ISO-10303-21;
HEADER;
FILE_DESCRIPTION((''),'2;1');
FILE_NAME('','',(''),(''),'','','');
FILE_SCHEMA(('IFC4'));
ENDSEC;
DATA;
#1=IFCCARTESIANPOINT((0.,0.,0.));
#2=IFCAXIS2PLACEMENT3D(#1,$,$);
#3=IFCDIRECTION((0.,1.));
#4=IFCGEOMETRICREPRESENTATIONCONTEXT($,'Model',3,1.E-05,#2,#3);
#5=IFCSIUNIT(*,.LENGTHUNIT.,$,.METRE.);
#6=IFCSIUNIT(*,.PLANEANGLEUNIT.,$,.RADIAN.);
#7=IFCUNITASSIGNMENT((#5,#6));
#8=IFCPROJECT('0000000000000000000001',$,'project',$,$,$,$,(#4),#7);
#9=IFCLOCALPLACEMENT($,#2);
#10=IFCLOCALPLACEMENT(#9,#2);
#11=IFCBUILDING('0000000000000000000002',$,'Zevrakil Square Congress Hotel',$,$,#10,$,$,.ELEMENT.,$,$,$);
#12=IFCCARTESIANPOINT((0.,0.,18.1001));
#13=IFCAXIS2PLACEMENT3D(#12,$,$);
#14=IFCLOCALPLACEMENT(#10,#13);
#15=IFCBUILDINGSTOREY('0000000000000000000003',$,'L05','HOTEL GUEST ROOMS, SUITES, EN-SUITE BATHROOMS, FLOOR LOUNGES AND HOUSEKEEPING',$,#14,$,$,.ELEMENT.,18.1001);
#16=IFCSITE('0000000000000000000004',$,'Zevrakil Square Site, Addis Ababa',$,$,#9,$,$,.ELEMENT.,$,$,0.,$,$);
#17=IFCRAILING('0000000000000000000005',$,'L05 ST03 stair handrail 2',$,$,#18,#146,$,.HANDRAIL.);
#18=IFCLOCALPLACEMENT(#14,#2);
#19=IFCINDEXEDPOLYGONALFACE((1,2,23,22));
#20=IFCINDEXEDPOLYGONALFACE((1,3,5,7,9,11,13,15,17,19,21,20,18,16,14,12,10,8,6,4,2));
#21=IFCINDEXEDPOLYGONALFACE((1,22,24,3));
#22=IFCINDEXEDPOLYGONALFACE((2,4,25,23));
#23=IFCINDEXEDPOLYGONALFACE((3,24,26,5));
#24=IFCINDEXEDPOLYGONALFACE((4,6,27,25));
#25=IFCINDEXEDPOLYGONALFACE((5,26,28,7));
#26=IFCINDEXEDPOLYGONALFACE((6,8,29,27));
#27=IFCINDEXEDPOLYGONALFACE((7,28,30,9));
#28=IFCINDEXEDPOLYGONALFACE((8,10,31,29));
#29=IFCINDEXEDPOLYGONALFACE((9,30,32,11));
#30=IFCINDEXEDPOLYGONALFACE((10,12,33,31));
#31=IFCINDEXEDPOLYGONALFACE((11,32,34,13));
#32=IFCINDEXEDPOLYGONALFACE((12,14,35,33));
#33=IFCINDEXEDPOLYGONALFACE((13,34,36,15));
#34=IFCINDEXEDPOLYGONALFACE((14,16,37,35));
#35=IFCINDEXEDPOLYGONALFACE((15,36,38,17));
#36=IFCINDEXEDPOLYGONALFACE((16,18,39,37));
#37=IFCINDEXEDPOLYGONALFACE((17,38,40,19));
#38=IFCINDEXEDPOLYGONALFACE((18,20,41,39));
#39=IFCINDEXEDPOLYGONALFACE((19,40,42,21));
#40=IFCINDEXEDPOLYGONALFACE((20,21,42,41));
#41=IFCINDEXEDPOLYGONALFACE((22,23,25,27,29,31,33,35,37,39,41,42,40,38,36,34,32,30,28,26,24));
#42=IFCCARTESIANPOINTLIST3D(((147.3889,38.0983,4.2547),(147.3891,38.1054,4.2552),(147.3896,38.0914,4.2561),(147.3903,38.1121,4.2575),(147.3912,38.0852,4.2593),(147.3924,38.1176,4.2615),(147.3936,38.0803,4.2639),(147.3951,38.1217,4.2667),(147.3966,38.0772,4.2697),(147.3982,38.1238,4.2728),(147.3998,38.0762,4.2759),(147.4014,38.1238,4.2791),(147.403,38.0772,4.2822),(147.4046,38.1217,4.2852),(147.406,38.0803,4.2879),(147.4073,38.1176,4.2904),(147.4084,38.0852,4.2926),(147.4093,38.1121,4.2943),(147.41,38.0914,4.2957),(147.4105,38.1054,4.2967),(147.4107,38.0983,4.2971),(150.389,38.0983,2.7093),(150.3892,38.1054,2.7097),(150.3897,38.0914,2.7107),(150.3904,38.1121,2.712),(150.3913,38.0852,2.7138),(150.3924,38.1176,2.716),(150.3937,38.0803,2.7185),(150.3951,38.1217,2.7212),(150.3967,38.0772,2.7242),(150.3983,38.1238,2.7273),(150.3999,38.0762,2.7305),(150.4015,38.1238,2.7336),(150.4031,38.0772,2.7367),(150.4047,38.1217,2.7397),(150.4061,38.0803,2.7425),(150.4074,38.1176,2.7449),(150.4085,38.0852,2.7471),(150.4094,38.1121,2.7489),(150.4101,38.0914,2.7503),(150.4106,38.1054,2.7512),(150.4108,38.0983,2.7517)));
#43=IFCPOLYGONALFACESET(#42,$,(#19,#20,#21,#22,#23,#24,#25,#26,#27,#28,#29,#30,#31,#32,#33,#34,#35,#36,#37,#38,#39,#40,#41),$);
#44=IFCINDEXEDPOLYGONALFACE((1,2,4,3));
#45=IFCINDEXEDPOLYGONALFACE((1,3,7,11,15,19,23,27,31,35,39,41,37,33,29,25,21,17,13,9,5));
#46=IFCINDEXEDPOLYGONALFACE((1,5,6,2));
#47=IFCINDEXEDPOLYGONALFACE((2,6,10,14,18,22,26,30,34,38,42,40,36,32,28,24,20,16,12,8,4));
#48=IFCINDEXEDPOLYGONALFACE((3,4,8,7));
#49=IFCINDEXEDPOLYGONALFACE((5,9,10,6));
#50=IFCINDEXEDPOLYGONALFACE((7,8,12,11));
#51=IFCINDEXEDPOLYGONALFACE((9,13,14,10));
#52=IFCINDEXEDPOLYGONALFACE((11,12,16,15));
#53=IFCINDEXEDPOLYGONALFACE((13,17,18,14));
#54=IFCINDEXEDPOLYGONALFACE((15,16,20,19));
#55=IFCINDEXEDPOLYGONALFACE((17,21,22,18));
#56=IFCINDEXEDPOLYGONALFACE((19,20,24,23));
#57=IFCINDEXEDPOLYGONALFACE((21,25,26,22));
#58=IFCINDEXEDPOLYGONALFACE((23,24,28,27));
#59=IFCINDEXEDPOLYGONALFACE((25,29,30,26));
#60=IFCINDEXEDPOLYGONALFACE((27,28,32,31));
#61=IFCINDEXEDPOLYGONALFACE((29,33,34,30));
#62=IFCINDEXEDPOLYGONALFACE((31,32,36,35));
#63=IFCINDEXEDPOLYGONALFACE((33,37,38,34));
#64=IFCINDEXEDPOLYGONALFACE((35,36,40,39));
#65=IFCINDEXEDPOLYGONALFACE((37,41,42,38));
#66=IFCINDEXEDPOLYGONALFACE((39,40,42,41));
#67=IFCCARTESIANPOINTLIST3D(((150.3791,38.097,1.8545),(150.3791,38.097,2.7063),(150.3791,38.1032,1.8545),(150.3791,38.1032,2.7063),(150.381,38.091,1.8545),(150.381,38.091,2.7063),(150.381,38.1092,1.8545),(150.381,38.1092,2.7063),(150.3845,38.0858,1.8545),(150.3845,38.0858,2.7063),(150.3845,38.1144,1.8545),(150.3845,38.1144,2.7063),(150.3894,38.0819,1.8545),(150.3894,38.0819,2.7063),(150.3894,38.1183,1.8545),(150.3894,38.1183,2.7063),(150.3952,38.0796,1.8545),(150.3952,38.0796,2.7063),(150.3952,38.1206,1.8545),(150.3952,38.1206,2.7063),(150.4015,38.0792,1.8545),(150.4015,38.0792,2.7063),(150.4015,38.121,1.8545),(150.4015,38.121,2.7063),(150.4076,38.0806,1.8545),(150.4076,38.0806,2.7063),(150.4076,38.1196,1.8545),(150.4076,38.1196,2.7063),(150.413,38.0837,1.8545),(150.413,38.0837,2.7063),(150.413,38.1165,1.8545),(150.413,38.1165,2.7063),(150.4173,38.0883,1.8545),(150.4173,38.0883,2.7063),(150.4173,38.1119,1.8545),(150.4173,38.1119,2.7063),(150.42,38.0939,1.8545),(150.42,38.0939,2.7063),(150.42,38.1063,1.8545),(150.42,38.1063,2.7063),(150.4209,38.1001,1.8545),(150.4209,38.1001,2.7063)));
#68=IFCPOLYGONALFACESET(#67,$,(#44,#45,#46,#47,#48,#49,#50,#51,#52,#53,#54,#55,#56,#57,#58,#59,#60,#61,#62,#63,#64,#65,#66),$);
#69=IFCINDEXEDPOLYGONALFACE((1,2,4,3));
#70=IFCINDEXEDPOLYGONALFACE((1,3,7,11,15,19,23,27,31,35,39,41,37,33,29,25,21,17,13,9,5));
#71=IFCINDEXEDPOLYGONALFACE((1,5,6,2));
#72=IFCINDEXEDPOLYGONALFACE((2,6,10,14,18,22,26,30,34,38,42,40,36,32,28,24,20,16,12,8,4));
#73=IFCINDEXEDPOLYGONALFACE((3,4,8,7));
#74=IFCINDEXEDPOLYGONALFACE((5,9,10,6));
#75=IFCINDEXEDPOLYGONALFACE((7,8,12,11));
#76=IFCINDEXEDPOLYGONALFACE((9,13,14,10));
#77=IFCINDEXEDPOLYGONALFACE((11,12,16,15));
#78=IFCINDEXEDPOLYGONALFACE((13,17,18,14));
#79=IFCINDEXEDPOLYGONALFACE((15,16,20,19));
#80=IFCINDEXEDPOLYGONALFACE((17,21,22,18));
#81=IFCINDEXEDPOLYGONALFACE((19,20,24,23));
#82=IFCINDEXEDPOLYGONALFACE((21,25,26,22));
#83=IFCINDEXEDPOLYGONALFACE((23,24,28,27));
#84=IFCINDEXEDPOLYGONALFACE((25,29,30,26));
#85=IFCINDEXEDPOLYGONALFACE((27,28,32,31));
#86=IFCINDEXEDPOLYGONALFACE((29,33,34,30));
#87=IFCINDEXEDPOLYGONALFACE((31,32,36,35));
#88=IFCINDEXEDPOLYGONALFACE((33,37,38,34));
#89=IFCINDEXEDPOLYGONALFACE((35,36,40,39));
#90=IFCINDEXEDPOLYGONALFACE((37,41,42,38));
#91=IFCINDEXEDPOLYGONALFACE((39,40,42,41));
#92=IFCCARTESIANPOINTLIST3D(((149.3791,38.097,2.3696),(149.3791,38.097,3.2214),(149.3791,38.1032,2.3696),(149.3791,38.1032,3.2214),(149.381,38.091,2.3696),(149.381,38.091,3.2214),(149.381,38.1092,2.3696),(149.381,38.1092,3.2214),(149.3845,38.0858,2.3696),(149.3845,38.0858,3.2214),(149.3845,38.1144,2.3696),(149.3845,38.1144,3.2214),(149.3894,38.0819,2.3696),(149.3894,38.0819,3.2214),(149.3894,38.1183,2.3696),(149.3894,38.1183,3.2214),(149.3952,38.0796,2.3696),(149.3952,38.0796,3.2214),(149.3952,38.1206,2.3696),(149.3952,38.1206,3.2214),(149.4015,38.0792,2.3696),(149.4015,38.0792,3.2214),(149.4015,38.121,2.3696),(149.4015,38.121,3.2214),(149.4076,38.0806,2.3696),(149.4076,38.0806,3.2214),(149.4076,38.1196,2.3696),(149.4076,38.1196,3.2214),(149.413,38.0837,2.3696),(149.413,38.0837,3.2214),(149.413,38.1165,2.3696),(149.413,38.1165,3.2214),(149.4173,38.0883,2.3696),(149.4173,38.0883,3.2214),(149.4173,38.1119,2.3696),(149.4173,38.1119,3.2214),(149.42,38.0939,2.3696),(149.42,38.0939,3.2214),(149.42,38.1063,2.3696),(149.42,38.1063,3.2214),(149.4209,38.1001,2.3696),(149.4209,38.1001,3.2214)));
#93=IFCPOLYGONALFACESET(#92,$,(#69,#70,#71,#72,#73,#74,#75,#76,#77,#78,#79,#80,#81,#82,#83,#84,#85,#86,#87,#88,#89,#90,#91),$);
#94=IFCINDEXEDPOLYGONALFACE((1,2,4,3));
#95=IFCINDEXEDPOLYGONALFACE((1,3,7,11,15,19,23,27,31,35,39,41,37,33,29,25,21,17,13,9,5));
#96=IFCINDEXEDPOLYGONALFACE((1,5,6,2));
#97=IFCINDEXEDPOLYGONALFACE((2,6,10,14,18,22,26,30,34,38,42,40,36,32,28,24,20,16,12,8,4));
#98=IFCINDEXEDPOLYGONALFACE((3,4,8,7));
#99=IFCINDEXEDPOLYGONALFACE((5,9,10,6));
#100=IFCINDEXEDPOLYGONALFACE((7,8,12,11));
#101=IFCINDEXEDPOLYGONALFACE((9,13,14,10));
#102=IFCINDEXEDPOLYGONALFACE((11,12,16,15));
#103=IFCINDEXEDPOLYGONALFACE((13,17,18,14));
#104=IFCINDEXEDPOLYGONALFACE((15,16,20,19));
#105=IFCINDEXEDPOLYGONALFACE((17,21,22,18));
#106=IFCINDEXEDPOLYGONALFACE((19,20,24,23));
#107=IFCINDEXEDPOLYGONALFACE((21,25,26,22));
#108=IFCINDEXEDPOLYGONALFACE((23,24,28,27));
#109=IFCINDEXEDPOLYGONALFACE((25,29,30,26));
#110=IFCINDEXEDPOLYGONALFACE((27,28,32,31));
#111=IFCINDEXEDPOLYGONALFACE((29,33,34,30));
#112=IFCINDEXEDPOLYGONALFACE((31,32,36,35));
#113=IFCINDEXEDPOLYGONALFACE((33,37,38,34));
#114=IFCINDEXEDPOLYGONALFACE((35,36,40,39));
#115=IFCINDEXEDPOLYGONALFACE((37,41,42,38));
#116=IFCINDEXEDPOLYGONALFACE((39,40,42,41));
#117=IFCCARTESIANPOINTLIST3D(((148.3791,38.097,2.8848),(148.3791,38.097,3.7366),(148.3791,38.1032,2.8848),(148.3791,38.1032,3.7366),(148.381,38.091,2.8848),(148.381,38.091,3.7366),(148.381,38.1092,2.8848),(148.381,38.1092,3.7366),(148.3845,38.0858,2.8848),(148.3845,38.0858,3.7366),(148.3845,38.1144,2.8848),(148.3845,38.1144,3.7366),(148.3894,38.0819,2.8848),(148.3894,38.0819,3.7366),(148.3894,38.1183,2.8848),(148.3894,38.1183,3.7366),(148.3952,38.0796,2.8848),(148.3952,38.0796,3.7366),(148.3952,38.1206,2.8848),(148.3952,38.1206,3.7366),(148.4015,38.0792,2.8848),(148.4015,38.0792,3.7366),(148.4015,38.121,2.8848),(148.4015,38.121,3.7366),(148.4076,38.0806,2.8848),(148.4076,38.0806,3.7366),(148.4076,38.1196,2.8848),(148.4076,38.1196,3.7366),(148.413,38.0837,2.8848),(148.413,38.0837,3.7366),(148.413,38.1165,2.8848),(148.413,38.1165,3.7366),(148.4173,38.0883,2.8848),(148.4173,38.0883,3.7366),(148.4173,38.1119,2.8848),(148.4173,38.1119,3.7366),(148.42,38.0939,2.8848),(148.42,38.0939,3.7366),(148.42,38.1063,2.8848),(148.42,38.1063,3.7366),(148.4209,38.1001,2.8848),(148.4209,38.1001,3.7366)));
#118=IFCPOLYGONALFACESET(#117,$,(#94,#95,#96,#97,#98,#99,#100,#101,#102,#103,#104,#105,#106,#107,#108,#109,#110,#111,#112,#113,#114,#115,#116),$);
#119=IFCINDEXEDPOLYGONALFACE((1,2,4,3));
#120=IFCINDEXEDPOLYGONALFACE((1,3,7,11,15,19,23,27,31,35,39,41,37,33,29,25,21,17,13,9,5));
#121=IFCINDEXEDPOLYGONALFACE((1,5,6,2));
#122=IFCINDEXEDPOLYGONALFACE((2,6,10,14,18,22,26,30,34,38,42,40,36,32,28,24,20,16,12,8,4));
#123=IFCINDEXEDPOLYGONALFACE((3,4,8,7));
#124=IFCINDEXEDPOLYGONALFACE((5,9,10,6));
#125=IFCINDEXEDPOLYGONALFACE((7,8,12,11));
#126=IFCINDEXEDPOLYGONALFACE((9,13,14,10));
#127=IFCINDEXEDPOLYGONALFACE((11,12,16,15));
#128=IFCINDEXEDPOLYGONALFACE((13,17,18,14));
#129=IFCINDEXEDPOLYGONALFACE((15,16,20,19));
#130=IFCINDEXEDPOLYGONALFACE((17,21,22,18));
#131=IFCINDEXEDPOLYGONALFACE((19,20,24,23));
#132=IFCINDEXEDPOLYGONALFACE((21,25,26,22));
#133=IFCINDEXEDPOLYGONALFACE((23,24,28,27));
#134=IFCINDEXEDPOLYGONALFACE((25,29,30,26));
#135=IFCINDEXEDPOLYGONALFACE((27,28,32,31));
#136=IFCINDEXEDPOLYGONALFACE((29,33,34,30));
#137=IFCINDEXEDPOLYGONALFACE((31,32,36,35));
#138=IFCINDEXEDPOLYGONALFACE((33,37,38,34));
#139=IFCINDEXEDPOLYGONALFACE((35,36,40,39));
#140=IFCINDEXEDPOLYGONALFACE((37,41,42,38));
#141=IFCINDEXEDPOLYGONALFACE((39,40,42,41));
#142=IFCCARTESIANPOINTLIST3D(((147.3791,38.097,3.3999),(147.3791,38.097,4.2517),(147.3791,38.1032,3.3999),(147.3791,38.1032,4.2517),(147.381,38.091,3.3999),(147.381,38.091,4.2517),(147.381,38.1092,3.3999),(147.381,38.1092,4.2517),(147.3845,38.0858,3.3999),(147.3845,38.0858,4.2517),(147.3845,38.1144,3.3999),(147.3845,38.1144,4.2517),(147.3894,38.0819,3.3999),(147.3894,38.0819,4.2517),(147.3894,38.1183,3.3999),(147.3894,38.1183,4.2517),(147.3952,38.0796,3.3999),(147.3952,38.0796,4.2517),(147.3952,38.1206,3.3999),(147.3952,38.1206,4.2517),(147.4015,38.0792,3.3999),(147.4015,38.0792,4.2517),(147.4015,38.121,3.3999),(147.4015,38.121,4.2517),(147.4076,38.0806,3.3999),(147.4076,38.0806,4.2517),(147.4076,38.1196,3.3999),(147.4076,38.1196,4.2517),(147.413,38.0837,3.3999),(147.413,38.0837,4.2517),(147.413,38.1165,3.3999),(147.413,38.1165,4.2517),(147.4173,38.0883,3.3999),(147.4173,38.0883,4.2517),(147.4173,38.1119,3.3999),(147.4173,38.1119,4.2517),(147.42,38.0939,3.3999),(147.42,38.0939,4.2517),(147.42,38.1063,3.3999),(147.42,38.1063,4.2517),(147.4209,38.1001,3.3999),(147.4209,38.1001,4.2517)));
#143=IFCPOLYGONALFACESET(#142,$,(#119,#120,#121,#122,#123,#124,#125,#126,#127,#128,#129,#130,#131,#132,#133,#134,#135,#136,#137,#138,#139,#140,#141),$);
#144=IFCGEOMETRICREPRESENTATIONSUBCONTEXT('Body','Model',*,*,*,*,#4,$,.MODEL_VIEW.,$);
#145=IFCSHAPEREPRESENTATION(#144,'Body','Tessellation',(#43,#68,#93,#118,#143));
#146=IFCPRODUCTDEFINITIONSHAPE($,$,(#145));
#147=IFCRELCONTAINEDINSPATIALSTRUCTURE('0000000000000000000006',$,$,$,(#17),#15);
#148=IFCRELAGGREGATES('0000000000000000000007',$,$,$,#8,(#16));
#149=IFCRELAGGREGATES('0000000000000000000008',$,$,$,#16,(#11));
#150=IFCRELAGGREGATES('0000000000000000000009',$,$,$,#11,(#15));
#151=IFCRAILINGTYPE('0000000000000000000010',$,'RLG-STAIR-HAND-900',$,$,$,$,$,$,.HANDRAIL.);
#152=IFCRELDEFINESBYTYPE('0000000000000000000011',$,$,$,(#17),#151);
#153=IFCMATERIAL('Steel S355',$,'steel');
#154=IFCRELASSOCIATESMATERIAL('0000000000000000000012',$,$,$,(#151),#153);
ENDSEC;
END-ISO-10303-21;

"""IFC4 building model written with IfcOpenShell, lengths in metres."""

from ifc_helpers import new_model, si_unit, direction, frame, origin, origin_2d, place, context, subcontext, project, spatial, circle, extrude, material, type_object, element, save


model = new_model("IFC4")

# Units and contexts
model_context = context("Model", 3, precision=1e-05, world=origin(), true_north=direction((0.0, 1.0)))
body_context = subcontext(model_context, "Body", "Model", "MODEL_VIEW")
ifc_project = project(units=[si_unit("LENGTHUNIT", "METRE"), si_unit("PLANEANGLEUNIT", "RADIAN")], contexts=[model_context])

# Site, building, storey
site_placement = place(None, origin())
site = spatial("IfcSite", under=ifc_project, at=site_placement, Name="Zevrakil Square Site, Addis Ababa", CompositionType="ELEMENT", RefElevation=0.0)
building_placement = place(site_placement, origin())
building = spatial("IfcBuilding", under=site, at=building_placement, Name="Zevrakil Square Congress Hotel", CompositionType="ELEMENT")
storey_placement = place(building_placement, frame((0.0, 0.0, 18.1001)))
storey = spatial("IfcBuildingStorey", under=building, at=storey_placement, Name="L05", Description="HOTEL GUEST ROOMS, SUITES, EN-SUITE BATHROOMS, FLOOR LOUNGES AND HOUSEKEEPING", CompositionType="ELEMENT", Elevation=18.1001)

# Railing
ifc_material_1 = material(Name="Steel S355", Category="steel")
railing_type_1 = type_object("IfcRailingType", Name="RLG-STAIR-HAND-900", PredefinedType="HANDRAIL", material=ifc_material_1)
railing_1_placement = place(storey_placement, frame((150.3999, 38.1001, 1.8545)))
element("IfcRailing", 1, at=railing_1_placement, inside=storey, type_object=railing_type_1, Name="L05 ST03 stair handrail 2", PredefinedType="HANDRAIL", context=body_context, shape_type="SweptSolid", body=[
    extrude(circle(Radius=0.0239, at=origin_2d()), frame((0.0, 0.0, 0.876), z_axis=(-0.88898, 0.0, 0.457946), x_axis=(0.0, -1.0, 0.0)), (0.0, 0.0, 1.0), 3.3748),
    extrude(circle(Radius=0.021, at=origin_2d()), origin(), (0.0, 0.0, 1.0), 0.8518),
    extrude(circle(Radius=0.021, at=origin_2d()), frame((-1.0, 0.0, 0.5151)), (0.0, 0.0, 1.0), 0.8518),
    extrude(circle(Radius=0.021, at=origin_2d()), frame((-2.0, 0.0, 1.0303)), (0.0, 0.0, 1.0), 0.8518),
    extrude(circle(Radius=0.021, at=origin_2d()), frame((-3.0, 0.0, 1.5454)), (0.0, 0.0, 1.0), 0.8518),
])

save(model, "model.ifc")
